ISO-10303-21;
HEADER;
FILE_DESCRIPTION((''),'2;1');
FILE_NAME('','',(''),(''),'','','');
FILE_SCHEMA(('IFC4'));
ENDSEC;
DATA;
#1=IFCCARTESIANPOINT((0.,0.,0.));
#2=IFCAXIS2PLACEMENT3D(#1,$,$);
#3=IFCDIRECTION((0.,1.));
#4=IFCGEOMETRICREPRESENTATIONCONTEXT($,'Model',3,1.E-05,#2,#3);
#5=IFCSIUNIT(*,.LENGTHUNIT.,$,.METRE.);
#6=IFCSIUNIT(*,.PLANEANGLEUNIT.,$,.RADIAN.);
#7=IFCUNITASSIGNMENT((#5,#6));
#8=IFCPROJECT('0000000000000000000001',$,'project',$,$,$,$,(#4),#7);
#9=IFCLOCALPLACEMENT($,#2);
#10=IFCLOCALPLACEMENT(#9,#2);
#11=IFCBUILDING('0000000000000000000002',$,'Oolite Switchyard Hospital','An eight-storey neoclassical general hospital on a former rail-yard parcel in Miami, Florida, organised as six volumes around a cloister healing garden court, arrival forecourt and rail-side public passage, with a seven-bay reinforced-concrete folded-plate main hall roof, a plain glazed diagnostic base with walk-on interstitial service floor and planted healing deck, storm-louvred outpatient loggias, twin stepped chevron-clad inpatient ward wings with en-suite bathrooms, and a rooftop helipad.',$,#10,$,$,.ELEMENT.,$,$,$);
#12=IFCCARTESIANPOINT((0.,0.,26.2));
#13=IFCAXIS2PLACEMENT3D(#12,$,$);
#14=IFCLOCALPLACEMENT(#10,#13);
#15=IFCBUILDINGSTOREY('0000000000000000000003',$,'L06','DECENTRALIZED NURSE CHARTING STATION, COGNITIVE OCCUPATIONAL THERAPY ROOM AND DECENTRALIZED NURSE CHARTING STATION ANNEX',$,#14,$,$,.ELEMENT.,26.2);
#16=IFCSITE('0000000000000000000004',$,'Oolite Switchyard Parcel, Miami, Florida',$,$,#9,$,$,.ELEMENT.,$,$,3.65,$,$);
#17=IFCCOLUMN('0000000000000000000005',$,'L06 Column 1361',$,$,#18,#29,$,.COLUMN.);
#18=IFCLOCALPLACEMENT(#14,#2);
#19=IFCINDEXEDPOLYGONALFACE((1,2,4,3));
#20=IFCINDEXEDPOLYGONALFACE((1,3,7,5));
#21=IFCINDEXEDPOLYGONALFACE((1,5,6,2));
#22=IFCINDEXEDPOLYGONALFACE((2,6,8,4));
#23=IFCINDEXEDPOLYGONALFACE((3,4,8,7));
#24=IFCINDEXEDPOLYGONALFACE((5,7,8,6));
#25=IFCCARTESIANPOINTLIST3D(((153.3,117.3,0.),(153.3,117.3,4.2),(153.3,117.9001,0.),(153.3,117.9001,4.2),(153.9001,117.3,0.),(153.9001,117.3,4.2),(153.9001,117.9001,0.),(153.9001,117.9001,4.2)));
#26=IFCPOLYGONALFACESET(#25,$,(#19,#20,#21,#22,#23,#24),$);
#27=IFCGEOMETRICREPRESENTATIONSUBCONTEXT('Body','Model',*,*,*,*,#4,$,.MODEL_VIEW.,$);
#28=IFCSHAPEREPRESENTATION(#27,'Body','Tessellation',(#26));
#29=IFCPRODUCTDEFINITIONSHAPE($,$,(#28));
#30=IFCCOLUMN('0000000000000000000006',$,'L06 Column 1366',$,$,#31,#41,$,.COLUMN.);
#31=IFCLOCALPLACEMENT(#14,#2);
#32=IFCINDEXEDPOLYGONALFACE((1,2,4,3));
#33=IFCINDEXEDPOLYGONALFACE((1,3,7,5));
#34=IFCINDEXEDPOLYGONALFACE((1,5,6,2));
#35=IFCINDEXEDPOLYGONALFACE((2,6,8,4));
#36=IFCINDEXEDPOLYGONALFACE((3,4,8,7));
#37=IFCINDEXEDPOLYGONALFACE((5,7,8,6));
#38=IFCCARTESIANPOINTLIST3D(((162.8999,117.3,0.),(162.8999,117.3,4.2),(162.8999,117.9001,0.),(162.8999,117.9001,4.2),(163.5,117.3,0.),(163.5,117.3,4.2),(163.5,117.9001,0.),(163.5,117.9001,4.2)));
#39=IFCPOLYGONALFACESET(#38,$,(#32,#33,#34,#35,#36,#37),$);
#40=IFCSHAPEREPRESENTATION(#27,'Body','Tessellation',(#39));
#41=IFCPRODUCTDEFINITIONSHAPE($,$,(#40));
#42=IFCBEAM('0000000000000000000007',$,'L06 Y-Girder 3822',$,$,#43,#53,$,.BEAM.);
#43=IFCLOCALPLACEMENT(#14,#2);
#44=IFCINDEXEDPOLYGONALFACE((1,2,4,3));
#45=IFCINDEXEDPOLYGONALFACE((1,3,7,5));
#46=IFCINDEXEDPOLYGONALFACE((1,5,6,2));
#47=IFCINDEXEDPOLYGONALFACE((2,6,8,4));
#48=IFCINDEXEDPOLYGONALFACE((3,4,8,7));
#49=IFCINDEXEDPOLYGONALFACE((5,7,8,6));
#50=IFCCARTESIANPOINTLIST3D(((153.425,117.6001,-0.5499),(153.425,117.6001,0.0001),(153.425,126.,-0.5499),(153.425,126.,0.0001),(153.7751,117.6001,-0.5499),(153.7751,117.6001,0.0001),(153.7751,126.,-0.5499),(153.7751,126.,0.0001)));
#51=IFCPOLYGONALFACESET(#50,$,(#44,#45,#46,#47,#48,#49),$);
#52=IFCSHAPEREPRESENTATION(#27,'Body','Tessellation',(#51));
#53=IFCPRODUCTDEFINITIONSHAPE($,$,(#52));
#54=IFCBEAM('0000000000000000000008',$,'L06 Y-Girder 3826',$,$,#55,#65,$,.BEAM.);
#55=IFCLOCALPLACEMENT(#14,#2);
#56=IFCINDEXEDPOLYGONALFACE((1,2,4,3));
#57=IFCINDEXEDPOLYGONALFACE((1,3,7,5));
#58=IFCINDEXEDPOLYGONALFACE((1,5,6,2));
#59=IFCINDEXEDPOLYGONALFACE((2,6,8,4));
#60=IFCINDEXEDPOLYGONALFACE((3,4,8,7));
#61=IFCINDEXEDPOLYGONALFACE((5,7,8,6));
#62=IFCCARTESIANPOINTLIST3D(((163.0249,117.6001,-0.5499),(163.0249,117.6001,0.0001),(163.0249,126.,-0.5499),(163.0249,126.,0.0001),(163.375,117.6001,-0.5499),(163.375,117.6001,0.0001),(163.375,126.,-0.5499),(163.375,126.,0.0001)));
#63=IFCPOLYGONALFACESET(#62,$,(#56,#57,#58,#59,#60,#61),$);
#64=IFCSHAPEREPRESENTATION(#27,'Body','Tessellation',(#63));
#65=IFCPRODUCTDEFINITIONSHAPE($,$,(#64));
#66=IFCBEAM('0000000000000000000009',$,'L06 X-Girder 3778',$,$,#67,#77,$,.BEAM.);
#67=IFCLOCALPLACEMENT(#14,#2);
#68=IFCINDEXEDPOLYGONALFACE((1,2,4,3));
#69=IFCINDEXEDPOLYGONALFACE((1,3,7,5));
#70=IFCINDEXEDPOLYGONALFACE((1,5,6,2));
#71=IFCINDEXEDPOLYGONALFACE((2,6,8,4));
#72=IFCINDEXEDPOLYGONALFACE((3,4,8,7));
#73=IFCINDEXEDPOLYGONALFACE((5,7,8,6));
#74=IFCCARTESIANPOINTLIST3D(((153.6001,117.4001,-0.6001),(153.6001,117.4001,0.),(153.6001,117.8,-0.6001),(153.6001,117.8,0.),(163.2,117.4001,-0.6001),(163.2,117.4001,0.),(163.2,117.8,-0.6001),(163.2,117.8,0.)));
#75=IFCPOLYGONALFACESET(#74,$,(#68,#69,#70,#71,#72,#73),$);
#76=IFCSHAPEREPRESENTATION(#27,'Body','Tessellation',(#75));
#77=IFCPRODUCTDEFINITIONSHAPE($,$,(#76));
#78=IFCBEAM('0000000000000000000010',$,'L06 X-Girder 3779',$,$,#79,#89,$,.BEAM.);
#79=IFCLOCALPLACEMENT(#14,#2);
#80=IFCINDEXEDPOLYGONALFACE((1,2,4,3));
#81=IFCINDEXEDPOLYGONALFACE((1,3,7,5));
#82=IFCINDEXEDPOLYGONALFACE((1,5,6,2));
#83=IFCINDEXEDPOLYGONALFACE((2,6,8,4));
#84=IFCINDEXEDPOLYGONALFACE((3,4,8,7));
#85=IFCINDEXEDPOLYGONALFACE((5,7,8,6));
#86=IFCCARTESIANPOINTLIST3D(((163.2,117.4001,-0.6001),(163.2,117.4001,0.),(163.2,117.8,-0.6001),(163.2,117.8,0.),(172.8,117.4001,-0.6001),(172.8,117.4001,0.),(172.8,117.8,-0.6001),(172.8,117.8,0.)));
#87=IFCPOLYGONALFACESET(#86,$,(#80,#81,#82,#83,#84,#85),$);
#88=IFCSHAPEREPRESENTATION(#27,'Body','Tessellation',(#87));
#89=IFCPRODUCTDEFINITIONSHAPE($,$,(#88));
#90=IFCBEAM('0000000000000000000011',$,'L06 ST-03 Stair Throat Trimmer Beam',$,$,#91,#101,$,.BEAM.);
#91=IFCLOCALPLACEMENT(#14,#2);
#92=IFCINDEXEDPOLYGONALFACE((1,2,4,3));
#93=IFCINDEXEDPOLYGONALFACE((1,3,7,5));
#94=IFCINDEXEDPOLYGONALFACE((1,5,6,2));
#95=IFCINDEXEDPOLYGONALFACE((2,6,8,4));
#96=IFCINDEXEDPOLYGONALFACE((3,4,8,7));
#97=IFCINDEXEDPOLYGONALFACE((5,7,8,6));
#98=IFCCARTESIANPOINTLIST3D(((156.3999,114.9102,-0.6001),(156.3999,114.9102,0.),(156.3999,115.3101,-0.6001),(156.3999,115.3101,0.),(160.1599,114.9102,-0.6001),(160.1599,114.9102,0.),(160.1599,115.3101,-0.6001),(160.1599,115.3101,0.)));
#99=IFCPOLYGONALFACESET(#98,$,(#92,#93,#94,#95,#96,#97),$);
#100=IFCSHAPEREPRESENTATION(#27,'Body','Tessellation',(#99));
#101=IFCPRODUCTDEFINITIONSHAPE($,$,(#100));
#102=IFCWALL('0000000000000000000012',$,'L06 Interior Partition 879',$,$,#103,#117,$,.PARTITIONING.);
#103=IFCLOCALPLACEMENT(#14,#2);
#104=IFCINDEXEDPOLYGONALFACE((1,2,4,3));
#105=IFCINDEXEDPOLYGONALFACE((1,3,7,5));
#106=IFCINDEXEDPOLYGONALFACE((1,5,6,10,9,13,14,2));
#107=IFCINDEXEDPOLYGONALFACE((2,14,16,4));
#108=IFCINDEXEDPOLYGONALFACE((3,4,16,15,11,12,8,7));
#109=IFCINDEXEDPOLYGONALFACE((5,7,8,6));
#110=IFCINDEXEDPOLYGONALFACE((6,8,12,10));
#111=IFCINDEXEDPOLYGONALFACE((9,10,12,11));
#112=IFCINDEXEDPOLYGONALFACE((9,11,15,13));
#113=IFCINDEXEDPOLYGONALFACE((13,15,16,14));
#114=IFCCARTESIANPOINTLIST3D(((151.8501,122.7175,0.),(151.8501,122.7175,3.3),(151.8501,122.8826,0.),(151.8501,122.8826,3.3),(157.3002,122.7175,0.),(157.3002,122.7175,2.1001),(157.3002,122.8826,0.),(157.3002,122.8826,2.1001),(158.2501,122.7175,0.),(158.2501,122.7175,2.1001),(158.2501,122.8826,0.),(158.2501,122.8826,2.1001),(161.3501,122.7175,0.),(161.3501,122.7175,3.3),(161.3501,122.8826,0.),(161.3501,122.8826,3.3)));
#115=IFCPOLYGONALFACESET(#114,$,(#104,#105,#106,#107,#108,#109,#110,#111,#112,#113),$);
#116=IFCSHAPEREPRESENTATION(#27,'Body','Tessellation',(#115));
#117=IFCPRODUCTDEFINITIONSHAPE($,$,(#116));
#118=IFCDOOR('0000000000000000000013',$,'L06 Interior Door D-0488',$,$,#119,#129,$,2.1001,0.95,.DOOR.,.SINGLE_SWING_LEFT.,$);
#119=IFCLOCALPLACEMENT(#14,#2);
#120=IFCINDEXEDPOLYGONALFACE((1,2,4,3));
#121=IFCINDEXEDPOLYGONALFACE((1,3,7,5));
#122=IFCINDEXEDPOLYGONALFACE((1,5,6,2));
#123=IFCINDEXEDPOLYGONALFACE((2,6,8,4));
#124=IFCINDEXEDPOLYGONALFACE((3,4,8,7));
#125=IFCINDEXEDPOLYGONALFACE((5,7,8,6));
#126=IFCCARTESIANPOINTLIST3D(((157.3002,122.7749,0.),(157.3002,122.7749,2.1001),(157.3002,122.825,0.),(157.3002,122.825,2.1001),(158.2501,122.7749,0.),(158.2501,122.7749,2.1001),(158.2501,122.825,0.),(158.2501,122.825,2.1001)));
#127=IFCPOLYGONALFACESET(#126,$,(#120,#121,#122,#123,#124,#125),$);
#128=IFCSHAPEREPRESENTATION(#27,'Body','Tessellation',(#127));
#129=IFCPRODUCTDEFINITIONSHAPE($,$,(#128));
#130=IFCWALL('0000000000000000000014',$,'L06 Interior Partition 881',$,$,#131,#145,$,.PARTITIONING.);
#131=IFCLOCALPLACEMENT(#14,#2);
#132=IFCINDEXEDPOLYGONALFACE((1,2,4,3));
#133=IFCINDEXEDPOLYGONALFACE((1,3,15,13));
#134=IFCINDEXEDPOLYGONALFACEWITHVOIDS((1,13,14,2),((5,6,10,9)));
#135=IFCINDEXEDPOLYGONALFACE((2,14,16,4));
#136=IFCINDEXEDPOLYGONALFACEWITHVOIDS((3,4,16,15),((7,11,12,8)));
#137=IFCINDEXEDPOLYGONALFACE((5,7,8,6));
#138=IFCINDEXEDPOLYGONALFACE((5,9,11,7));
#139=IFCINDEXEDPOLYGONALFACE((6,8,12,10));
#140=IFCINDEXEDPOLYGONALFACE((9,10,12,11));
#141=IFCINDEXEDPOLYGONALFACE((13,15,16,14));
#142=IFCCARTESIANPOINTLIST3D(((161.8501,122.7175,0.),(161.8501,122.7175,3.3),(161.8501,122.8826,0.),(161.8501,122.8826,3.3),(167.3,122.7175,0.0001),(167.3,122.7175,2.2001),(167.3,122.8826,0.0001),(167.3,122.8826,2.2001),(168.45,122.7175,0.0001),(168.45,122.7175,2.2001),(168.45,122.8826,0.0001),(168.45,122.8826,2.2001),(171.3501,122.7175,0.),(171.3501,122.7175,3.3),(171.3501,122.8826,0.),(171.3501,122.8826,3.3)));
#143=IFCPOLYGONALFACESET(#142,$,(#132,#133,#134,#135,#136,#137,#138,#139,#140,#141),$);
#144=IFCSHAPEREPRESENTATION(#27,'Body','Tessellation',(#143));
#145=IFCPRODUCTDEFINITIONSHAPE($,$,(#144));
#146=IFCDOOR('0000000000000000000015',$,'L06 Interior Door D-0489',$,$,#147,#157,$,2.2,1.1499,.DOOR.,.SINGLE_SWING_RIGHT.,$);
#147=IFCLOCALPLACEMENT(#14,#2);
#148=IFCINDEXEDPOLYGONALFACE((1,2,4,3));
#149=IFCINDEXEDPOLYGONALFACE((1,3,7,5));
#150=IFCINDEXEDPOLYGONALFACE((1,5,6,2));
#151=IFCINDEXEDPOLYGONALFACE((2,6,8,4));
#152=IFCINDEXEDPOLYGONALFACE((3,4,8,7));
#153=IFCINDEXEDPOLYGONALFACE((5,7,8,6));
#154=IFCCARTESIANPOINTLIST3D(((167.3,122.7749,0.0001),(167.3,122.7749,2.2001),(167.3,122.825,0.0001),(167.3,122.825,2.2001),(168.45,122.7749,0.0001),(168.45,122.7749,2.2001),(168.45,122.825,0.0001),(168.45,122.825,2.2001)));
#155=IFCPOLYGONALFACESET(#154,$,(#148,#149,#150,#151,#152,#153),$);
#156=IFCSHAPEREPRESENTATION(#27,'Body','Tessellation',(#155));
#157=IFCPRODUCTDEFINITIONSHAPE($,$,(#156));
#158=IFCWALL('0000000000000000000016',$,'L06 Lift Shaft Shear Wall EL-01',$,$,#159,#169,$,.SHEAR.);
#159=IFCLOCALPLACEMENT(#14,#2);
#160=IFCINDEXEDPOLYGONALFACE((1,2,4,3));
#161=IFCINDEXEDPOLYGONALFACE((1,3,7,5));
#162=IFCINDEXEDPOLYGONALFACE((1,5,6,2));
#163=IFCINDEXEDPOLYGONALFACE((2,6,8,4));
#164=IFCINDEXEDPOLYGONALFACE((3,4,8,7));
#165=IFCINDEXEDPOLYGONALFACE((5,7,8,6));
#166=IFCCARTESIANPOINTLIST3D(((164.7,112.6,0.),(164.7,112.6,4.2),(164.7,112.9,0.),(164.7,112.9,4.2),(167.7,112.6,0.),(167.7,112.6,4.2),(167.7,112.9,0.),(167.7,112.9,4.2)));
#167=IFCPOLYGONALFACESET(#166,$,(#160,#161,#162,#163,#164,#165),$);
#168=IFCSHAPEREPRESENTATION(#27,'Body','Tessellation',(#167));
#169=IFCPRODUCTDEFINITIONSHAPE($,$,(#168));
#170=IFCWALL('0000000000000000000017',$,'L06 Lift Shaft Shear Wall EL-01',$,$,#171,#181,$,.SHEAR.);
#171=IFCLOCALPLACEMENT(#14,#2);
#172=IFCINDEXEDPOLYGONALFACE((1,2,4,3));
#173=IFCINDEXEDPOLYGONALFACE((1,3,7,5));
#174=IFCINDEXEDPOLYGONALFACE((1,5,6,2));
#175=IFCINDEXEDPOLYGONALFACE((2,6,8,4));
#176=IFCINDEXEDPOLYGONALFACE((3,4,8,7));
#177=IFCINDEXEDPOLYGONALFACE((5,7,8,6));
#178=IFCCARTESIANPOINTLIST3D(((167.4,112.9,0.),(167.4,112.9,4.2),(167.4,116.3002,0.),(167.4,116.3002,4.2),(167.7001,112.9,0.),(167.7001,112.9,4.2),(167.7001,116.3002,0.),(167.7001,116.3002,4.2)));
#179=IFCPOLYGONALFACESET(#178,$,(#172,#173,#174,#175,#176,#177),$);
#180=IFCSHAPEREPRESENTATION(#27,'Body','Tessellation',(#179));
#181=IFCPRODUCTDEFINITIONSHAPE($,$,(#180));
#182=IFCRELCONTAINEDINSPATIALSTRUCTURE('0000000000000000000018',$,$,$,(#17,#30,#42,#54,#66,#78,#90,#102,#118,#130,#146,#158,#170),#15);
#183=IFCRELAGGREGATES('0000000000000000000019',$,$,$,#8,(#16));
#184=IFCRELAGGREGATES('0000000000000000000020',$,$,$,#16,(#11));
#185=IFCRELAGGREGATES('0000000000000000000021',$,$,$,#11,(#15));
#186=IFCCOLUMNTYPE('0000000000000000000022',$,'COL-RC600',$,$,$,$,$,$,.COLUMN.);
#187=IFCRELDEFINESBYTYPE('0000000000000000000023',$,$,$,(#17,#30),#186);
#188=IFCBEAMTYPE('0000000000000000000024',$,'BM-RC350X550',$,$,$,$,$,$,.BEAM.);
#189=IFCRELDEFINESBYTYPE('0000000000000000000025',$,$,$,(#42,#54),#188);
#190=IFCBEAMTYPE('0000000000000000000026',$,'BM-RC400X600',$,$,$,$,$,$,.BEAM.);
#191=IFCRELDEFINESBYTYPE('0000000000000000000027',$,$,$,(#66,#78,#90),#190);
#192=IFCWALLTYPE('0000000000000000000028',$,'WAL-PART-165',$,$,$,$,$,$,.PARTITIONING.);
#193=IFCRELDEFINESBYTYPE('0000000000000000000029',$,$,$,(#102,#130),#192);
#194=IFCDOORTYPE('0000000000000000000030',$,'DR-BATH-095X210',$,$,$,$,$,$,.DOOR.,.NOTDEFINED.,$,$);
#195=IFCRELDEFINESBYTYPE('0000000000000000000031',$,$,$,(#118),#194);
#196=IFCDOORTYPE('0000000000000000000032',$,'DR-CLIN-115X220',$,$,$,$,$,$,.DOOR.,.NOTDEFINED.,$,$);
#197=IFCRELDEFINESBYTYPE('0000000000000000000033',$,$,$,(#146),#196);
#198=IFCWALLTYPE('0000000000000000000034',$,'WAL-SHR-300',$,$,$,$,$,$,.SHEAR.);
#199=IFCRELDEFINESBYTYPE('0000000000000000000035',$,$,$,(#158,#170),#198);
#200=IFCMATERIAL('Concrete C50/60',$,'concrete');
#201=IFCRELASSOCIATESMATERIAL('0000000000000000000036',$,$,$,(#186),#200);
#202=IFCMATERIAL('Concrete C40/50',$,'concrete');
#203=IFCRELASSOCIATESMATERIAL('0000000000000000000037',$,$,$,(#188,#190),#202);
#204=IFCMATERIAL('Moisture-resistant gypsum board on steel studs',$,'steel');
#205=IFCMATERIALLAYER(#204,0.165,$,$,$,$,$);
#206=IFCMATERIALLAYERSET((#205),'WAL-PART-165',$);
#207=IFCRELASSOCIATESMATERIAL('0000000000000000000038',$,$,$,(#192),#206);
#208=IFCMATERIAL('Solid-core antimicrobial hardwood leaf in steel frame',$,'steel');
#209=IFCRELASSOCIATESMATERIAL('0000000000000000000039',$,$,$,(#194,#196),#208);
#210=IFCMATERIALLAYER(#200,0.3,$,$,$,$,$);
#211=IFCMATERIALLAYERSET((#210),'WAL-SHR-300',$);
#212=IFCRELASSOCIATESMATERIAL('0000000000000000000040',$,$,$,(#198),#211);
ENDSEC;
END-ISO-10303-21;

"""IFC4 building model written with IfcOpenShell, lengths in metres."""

from ifc_helpers import new_model, si_unit, direction, frame, frame_2d, origin, origin_2d, place, context, subcontext, project, spatial, rectangle, extrude, material, layer, layer_set, material_profile, profile_set, type_object, element, fill, save


model = new_model("IFC4")

# Units and contexts
model_context = context("Model", 3, precision=1e-05, world=origin(), true_north=direction((0.0, 1.0)))
body_context = subcontext(model_context, "Body", "Model", "MODEL_VIEW")
ifc_project = project(units=[si_unit("LENGTHUNIT", "METRE"), si_unit("PLANEANGLEUNIT", "RADIAN")], contexts=[model_context])

# Site, building, storey
site_placement = place(None, origin())
site = spatial("IfcSite", under=ifc_project, at=site_placement, Name="Oolite Switchyard Parcel, Miami, Florida", CompositionType="ELEMENT", RefElevation=3.65)
building_placement = place(site_placement, origin())
building = spatial("IfcBuilding", under=site, at=building_placement, Name="Oolite Switchyard Hospital", Description="An eight-storey neoclassical general hospital on a former rail-yard parcel in Miami, Florida, organised as six volumes around a cloister healing garden court, arrival forecourt and rail-side public passage, with a seven-bay reinforced-concrete folded-plate main hall roof, a plain glazed diagnostic base with walk-on interstitial service floor and planted healing deck, storm-louvred outpatient loggias, twin stepped chevron-clad inpatient ward wings with en-suite bathrooms, and a rooftop helipad.", CompositionType="ELEMENT")
storey_placement = place(building_placement, frame((0.0, 0.0, 26.2)))
storey = spatial("IfcBuildingStorey", under=building, at=storey_placement, Name="L06", Description="DECENTRALIZED NURSE CHARTING STATION, COGNITIVE OCCUPATIONAL THERAPY ROOM AND DECENTRALIZED NURSE CHARTING STATION ANNEX", CompositionType="ELEMENT", Elevation=26.2)

# Columns
ifc_material_1 = material(Name="Concrete C50/60", Category="concrete")
ifc_material_profile_1 = material_profile(ifc_material_1, rectangle(XDim=0.6001, YDim=0.6001, at=origin_2d()), Name="RC600X600")
ifc_profile_set_1 = profile_set([ifc_material_profile_1], Name="Concrete C50/60")
column_type = type_object("IfcColumnType", Name="COL-RC600", PredefinedType="COLUMN", material=ifc_profile_set_1)
for number, where, z_axis, x_axis, name in (
    (1, (153.6001, 117.6001, 0.0), (0.0, 0.0, 1.0), (1.0, 0.0, 0.0), "L06 Column 1361"),
    (2, (163.2, 117.6001, 0.0), (0.0, 0.0, 1.0), (1.0, 0.0, 0.0), "L06 Column 1366"),
):
    element("IfcColumn", number, at=place(storey_placement, frame(where, z_axis=z_axis, x_axis=x_axis)), inside=storey, type_object=column_type, Name=name, PredefinedType="COLUMN", context=body_context, shape_type="SweptSolid", body=[
        extrude(rectangle(XDim=0.6001, YDim=0.6001, at=origin_2d()), origin(), (0.0, 0.0, 1.0), 4.2),
    ])

# Beams
ifc_material_2 = material(Name="Concrete C40/50", Category="concrete")
ifc_material_profile_2 = material_profile(ifc_material_2, rectangle(XDim=0.3501, YDim=0.55, at=origin_2d()), Name="RCB350X550")
ifc_profile_set_2 = profile_set([ifc_material_profile_2], Name="Concrete C40/50")
beam_type_1 = type_object("IfcBeamType", Name="BM-RC350X550", PredefinedType="BEAM", material=ifc_profile_set_2)
for number, where, z_axis, x_axis, name in (
    (3, (153.6001, 117.6001, -0.2749), (0.0, 1.0, 0.0), (-1.0, 0.0, 0.0), "L06 Y-Girder 3822"),
    (4, (163.2, 117.6001, -0.2749), (0.0, 1.0, 0.0), (-1.0, 0.0, 0.0), "L06 Y-Girder 3826"),
):
    element("IfcBeam", number, at=place(storey_placement, frame(where, z_axis=z_axis, x_axis=x_axis)), inside=storey, type_object=beam_type_1, Name=name, PredefinedType="BEAM", context=body_context, shape_type="SweptSolid", body=[
        extrude(rectangle(XDim=0.3501, YDim=0.55, at=origin_2d()), origin(), (0.0, 0.0, 1.0), 8.3999),
    ])
ifc_material_profile_3 = material_profile(ifc_material_2, rectangle(XDim=0.3999, YDim=0.6001, at=origin_2d()), Name="RCB400X600")
ifc_profile_set_3 = profile_set([ifc_material_profile_3], Name="Concrete C40/50")
beam_type_2 = type_object("IfcBeamType", Name="BM-RC400X600", PredefinedType="BEAM", material=ifc_profile_set_3)
beam_1_placement = place(storey_placement, frame((153.6001, 117.6001, -0.3), z_axis=(1.0, 0.0, 0.0), x_axis=(0.0, 1.0, 0.0)))
element("IfcBeam", 5, at=beam_1_placement, inside=storey, type_object=beam_type_2, Name="L06 X-Girder 3778", PredefinedType="BEAM", context=body_context, shape_type="SweptSolid", body=[
    extrude(rectangle(XDim=0.3999, YDim=0.6001, at=origin_2d()), origin(), (0.0, 0.0, 1.0), 9.5999),
])
beam_2_placement = place(storey_placement, frame((163.2, 117.6001, -0.3), z_axis=(1.0, 0.0, 0.0), x_axis=(0.0, 1.0, 0.0)))
element("IfcBeam", 6, at=beam_2_placement, inside=storey, type_object=beam_type_2, Name="L06 X-Girder 3779", PredefinedType="BEAM", context=body_context, shape_type="SweptSolid", body=[
    extrude(rectangle(XDim=0.3999, YDim=0.6001, at=origin_2d()), origin(), (0.0, 0.0, 1.0), 9.6001),
])
beam_3_placement = place(storey_placement, frame((156.3999, 115.1101, -0.3), z_axis=(1.0, 0.0, 0.0), x_axis=(0.0, 1.0, 0.0)))
element("IfcBeam", 7, at=beam_3_placement, inside=storey, type_object=beam_type_2, Name="L06 ST-03 Stair Throat Trimmer Beam", PredefinedType="BEAM", context=body_context, shape_type="SweptSolid", body=[
    extrude(rectangle(XDim=0.3999, YDim=0.6001, at=origin_2d()), origin(), (0.0, 0.0, 1.0), 3.76),
])

# Walls, openings, doors
ifc_material_3 = material(Name="Moisture-resistant gypsum board on steel studs", Category="steel")
ifc_layer_1 = layer(ifc_material_3, 0.165)
ifc_layer_set_1 = layer_set([ifc_layer_1], Name="WAL-PART-165")
wall_type_1 = type_object("IfcWallType", Name="WAL-PART-165", PredefinedType="PARTITIONING", material=ifc_layer_set_1)
wall_1_placement = place(storey_placement, frame((151.8501, 122.8, 0.0), z_axis=(0.0, 0.0, 1.0), x_axis=(1.0, 0.0, 0.0)))
wall_1 = element("IfcWall", 8, at=wall_1_placement, inside=storey, type_object=wall_type_1, Name="L06 Interior Partition 879", PredefinedType="PARTITIONING", context=body_context, shape_type="SweptSolid", body=[
    extrude(rectangle(XDim=9.5, YDim=0.165, at=frame_2d((4.75, 0.0))), origin(), (0.0, 0.0, 1.0), 3.3),
])
opening_1_placement = place(wall_1_placement, frame((5.45, 0.0, 0.0)))
opening_1 = element("IfcOpeningElement", 9, at=opening_1_placement, cuts=wall_1, PredefinedType="OPENING", context=body_context, shape_type="SweptSolid", body=[
    extrude(rectangle(XDim=0.95, YDim=2.1001, at=frame_2d((0.4751, 1.05))), frame((0.0, 0.0925, 0.0), z_axis=(0.0, -1.0, 0.0), x_axis=(1.0, 0.0, 0.0)), (0.0, 0.0, 1.0), 0.1851),
])
ifc_material_4 = material(Name="Solid-core antimicrobial hardwood leaf in steel frame", Category="steel")
door_type_1 = type_object("IfcDoorType", Name="DR-BATH-095X210", OperationType="NOTDEFINED", PredefinedType="DOOR", material=ifc_material_4)
door_1_placement = place(opening_1_placement, origin())
door_1 = element("IfcDoor", 10, at=door_1_placement, inside=storey, type_object=door_type_1, Name="L06 Interior Door D-0488", OperationType="SINGLE_SWING_LEFT", OverallHeight=2.1001, OverallWidth=0.95, PredefinedType="DOOR", context=body_context, shape_type="SweptSolid", body=[
    extrude(rectangle(XDim=0.95, YDim=2.1001, at=frame_2d((0.4751, 1.05))), frame((0.0, 0.0249, 0.0), z_axis=(0.0, -1.0, 0.0), x_axis=(1.0, 0.0, 0.0)), (0.0, 0.0, 1.0), 0.05),
])
fill(opening_1, door_1)
wall_2_placement = place(storey_placement, frame((161.8501, 122.8, 0.0), z_axis=(0.0, 0.0, 1.0), x_axis=(1.0, 0.0, 0.0)))
wall_2 = element("IfcWall", 11, at=wall_2_placement, inside=storey, type_object=wall_type_1, Name="L06 Interior Partition 881", PredefinedType="PARTITIONING", context=body_context, shape_type="SweptSolid", body=[
    extrude(rectangle(XDim=9.5, YDim=0.165, at=frame_2d((4.75, 0.0))), origin(), (0.0, 0.0, 1.0), 3.3),
])
opening_2_placement = place(wall_2_placement, frame((5.45, 0.0, 0.0)))
opening_2 = element("IfcOpeningElement", 12, at=opening_2_placement, cuts=wall_2, PredefinedType="OPENING", context=body_context, shape_type="SweptSolid", body=[
    extrude(rectangle(XDim=1.1499, YDim=2.2, at=frame_2d((0.575, 1.1001))), frame((0.0, 0.0925, 0.0), z_axis=(0.0, -1.0, 0.0), x_axis=(1.0, 0.0, 0.0)), (0.0, 0.0, 1.0), 0.1851),
])
door_type_2 = type_object("IfcDoorType", Name="DR-CLIN-115X220", OperationType="NOTDEFINED", PredefinedType="DOOR", material=ifc_material_4)
door_2_placement = place(opening_2_placement, origin())
door_2 = element("IfcDoor", 13, at=door_2_placement, inside=storey, type_object=door_type_2, Name="L06 Interior Door D-0489", OperationType="SINGLE_SWING_RIGHT", OverallHeight=2.2, OverallWidth=1.1499, PredefinedType="DOOR", context=body_context, shape_type="SweptSolid", body=[
    extrude(rectangle(XDim=1.1499, YDim=2.2, at=frame_2d((0.575, 1.1001))), frame((0.0, 0.0249, 0.0), z_axis=(0.0, -1.0, 0.0), x_axis=(1.0, 0.0, 0.0)), (0.0, 0.0, 1.0), 0.05),
])
fill(opening_2, door_2)

# Walls
ifc_layer_2 = layer(ifc_material_1, 0.3)
ifc_layer_set_2 = layer_set([ifc_layer_2], Name="WAL-SHR-300")
wall_type_2 = type_object("IfcWallType", Name="WAL-SHR-300", PredefinedType="SHEAR", material=ifc_layer_set_2)
wall_3_placement = place(storey_placement, frame((164.7, 112.75, 0.0), z_axis=(0.0, 0.0, 1.0), x_axis=(1.0, 0.0, 0.0)))
element("IfcWall", 14, at=wall_3_placement, inside=storey, type_object=wall_type_2, Name="L06 Lift Shaft Shear Wall EL-01", PredefinedType="SHEAR", context=body_context, shape_type="SweptSolid", body=[
    extrude(rectangle(XDim=3.0, YDim=0.3, at=frame_2d((1.5, 0.0))), origin(), (0.0, 0.0, 1.0), 4.2),
])
wall_4_placement = place(storey_placement, frame((167.55, 112.8999, 0.0), z_axis=(0.0, 0.0, 1.0), x_axis=(0.0, 1.0, 0.0)))
element("IfcWall", 15, at=wall_4_placement, inside=storey, type_object=wall_type_2, Name="L06 Lift Shaft Shear Wall EL-01", PredefinedType="SHEAR", context=body_context, shape_type="SweptSolid", body=[
    extrude(rectangle(XDim=3.4001, YDim=0.3, at=frame_2d((1.7002, 0.0))), origin(), (0.0, 0.0, 1.0), 4.2),
])

save(model, "model.ifc")
